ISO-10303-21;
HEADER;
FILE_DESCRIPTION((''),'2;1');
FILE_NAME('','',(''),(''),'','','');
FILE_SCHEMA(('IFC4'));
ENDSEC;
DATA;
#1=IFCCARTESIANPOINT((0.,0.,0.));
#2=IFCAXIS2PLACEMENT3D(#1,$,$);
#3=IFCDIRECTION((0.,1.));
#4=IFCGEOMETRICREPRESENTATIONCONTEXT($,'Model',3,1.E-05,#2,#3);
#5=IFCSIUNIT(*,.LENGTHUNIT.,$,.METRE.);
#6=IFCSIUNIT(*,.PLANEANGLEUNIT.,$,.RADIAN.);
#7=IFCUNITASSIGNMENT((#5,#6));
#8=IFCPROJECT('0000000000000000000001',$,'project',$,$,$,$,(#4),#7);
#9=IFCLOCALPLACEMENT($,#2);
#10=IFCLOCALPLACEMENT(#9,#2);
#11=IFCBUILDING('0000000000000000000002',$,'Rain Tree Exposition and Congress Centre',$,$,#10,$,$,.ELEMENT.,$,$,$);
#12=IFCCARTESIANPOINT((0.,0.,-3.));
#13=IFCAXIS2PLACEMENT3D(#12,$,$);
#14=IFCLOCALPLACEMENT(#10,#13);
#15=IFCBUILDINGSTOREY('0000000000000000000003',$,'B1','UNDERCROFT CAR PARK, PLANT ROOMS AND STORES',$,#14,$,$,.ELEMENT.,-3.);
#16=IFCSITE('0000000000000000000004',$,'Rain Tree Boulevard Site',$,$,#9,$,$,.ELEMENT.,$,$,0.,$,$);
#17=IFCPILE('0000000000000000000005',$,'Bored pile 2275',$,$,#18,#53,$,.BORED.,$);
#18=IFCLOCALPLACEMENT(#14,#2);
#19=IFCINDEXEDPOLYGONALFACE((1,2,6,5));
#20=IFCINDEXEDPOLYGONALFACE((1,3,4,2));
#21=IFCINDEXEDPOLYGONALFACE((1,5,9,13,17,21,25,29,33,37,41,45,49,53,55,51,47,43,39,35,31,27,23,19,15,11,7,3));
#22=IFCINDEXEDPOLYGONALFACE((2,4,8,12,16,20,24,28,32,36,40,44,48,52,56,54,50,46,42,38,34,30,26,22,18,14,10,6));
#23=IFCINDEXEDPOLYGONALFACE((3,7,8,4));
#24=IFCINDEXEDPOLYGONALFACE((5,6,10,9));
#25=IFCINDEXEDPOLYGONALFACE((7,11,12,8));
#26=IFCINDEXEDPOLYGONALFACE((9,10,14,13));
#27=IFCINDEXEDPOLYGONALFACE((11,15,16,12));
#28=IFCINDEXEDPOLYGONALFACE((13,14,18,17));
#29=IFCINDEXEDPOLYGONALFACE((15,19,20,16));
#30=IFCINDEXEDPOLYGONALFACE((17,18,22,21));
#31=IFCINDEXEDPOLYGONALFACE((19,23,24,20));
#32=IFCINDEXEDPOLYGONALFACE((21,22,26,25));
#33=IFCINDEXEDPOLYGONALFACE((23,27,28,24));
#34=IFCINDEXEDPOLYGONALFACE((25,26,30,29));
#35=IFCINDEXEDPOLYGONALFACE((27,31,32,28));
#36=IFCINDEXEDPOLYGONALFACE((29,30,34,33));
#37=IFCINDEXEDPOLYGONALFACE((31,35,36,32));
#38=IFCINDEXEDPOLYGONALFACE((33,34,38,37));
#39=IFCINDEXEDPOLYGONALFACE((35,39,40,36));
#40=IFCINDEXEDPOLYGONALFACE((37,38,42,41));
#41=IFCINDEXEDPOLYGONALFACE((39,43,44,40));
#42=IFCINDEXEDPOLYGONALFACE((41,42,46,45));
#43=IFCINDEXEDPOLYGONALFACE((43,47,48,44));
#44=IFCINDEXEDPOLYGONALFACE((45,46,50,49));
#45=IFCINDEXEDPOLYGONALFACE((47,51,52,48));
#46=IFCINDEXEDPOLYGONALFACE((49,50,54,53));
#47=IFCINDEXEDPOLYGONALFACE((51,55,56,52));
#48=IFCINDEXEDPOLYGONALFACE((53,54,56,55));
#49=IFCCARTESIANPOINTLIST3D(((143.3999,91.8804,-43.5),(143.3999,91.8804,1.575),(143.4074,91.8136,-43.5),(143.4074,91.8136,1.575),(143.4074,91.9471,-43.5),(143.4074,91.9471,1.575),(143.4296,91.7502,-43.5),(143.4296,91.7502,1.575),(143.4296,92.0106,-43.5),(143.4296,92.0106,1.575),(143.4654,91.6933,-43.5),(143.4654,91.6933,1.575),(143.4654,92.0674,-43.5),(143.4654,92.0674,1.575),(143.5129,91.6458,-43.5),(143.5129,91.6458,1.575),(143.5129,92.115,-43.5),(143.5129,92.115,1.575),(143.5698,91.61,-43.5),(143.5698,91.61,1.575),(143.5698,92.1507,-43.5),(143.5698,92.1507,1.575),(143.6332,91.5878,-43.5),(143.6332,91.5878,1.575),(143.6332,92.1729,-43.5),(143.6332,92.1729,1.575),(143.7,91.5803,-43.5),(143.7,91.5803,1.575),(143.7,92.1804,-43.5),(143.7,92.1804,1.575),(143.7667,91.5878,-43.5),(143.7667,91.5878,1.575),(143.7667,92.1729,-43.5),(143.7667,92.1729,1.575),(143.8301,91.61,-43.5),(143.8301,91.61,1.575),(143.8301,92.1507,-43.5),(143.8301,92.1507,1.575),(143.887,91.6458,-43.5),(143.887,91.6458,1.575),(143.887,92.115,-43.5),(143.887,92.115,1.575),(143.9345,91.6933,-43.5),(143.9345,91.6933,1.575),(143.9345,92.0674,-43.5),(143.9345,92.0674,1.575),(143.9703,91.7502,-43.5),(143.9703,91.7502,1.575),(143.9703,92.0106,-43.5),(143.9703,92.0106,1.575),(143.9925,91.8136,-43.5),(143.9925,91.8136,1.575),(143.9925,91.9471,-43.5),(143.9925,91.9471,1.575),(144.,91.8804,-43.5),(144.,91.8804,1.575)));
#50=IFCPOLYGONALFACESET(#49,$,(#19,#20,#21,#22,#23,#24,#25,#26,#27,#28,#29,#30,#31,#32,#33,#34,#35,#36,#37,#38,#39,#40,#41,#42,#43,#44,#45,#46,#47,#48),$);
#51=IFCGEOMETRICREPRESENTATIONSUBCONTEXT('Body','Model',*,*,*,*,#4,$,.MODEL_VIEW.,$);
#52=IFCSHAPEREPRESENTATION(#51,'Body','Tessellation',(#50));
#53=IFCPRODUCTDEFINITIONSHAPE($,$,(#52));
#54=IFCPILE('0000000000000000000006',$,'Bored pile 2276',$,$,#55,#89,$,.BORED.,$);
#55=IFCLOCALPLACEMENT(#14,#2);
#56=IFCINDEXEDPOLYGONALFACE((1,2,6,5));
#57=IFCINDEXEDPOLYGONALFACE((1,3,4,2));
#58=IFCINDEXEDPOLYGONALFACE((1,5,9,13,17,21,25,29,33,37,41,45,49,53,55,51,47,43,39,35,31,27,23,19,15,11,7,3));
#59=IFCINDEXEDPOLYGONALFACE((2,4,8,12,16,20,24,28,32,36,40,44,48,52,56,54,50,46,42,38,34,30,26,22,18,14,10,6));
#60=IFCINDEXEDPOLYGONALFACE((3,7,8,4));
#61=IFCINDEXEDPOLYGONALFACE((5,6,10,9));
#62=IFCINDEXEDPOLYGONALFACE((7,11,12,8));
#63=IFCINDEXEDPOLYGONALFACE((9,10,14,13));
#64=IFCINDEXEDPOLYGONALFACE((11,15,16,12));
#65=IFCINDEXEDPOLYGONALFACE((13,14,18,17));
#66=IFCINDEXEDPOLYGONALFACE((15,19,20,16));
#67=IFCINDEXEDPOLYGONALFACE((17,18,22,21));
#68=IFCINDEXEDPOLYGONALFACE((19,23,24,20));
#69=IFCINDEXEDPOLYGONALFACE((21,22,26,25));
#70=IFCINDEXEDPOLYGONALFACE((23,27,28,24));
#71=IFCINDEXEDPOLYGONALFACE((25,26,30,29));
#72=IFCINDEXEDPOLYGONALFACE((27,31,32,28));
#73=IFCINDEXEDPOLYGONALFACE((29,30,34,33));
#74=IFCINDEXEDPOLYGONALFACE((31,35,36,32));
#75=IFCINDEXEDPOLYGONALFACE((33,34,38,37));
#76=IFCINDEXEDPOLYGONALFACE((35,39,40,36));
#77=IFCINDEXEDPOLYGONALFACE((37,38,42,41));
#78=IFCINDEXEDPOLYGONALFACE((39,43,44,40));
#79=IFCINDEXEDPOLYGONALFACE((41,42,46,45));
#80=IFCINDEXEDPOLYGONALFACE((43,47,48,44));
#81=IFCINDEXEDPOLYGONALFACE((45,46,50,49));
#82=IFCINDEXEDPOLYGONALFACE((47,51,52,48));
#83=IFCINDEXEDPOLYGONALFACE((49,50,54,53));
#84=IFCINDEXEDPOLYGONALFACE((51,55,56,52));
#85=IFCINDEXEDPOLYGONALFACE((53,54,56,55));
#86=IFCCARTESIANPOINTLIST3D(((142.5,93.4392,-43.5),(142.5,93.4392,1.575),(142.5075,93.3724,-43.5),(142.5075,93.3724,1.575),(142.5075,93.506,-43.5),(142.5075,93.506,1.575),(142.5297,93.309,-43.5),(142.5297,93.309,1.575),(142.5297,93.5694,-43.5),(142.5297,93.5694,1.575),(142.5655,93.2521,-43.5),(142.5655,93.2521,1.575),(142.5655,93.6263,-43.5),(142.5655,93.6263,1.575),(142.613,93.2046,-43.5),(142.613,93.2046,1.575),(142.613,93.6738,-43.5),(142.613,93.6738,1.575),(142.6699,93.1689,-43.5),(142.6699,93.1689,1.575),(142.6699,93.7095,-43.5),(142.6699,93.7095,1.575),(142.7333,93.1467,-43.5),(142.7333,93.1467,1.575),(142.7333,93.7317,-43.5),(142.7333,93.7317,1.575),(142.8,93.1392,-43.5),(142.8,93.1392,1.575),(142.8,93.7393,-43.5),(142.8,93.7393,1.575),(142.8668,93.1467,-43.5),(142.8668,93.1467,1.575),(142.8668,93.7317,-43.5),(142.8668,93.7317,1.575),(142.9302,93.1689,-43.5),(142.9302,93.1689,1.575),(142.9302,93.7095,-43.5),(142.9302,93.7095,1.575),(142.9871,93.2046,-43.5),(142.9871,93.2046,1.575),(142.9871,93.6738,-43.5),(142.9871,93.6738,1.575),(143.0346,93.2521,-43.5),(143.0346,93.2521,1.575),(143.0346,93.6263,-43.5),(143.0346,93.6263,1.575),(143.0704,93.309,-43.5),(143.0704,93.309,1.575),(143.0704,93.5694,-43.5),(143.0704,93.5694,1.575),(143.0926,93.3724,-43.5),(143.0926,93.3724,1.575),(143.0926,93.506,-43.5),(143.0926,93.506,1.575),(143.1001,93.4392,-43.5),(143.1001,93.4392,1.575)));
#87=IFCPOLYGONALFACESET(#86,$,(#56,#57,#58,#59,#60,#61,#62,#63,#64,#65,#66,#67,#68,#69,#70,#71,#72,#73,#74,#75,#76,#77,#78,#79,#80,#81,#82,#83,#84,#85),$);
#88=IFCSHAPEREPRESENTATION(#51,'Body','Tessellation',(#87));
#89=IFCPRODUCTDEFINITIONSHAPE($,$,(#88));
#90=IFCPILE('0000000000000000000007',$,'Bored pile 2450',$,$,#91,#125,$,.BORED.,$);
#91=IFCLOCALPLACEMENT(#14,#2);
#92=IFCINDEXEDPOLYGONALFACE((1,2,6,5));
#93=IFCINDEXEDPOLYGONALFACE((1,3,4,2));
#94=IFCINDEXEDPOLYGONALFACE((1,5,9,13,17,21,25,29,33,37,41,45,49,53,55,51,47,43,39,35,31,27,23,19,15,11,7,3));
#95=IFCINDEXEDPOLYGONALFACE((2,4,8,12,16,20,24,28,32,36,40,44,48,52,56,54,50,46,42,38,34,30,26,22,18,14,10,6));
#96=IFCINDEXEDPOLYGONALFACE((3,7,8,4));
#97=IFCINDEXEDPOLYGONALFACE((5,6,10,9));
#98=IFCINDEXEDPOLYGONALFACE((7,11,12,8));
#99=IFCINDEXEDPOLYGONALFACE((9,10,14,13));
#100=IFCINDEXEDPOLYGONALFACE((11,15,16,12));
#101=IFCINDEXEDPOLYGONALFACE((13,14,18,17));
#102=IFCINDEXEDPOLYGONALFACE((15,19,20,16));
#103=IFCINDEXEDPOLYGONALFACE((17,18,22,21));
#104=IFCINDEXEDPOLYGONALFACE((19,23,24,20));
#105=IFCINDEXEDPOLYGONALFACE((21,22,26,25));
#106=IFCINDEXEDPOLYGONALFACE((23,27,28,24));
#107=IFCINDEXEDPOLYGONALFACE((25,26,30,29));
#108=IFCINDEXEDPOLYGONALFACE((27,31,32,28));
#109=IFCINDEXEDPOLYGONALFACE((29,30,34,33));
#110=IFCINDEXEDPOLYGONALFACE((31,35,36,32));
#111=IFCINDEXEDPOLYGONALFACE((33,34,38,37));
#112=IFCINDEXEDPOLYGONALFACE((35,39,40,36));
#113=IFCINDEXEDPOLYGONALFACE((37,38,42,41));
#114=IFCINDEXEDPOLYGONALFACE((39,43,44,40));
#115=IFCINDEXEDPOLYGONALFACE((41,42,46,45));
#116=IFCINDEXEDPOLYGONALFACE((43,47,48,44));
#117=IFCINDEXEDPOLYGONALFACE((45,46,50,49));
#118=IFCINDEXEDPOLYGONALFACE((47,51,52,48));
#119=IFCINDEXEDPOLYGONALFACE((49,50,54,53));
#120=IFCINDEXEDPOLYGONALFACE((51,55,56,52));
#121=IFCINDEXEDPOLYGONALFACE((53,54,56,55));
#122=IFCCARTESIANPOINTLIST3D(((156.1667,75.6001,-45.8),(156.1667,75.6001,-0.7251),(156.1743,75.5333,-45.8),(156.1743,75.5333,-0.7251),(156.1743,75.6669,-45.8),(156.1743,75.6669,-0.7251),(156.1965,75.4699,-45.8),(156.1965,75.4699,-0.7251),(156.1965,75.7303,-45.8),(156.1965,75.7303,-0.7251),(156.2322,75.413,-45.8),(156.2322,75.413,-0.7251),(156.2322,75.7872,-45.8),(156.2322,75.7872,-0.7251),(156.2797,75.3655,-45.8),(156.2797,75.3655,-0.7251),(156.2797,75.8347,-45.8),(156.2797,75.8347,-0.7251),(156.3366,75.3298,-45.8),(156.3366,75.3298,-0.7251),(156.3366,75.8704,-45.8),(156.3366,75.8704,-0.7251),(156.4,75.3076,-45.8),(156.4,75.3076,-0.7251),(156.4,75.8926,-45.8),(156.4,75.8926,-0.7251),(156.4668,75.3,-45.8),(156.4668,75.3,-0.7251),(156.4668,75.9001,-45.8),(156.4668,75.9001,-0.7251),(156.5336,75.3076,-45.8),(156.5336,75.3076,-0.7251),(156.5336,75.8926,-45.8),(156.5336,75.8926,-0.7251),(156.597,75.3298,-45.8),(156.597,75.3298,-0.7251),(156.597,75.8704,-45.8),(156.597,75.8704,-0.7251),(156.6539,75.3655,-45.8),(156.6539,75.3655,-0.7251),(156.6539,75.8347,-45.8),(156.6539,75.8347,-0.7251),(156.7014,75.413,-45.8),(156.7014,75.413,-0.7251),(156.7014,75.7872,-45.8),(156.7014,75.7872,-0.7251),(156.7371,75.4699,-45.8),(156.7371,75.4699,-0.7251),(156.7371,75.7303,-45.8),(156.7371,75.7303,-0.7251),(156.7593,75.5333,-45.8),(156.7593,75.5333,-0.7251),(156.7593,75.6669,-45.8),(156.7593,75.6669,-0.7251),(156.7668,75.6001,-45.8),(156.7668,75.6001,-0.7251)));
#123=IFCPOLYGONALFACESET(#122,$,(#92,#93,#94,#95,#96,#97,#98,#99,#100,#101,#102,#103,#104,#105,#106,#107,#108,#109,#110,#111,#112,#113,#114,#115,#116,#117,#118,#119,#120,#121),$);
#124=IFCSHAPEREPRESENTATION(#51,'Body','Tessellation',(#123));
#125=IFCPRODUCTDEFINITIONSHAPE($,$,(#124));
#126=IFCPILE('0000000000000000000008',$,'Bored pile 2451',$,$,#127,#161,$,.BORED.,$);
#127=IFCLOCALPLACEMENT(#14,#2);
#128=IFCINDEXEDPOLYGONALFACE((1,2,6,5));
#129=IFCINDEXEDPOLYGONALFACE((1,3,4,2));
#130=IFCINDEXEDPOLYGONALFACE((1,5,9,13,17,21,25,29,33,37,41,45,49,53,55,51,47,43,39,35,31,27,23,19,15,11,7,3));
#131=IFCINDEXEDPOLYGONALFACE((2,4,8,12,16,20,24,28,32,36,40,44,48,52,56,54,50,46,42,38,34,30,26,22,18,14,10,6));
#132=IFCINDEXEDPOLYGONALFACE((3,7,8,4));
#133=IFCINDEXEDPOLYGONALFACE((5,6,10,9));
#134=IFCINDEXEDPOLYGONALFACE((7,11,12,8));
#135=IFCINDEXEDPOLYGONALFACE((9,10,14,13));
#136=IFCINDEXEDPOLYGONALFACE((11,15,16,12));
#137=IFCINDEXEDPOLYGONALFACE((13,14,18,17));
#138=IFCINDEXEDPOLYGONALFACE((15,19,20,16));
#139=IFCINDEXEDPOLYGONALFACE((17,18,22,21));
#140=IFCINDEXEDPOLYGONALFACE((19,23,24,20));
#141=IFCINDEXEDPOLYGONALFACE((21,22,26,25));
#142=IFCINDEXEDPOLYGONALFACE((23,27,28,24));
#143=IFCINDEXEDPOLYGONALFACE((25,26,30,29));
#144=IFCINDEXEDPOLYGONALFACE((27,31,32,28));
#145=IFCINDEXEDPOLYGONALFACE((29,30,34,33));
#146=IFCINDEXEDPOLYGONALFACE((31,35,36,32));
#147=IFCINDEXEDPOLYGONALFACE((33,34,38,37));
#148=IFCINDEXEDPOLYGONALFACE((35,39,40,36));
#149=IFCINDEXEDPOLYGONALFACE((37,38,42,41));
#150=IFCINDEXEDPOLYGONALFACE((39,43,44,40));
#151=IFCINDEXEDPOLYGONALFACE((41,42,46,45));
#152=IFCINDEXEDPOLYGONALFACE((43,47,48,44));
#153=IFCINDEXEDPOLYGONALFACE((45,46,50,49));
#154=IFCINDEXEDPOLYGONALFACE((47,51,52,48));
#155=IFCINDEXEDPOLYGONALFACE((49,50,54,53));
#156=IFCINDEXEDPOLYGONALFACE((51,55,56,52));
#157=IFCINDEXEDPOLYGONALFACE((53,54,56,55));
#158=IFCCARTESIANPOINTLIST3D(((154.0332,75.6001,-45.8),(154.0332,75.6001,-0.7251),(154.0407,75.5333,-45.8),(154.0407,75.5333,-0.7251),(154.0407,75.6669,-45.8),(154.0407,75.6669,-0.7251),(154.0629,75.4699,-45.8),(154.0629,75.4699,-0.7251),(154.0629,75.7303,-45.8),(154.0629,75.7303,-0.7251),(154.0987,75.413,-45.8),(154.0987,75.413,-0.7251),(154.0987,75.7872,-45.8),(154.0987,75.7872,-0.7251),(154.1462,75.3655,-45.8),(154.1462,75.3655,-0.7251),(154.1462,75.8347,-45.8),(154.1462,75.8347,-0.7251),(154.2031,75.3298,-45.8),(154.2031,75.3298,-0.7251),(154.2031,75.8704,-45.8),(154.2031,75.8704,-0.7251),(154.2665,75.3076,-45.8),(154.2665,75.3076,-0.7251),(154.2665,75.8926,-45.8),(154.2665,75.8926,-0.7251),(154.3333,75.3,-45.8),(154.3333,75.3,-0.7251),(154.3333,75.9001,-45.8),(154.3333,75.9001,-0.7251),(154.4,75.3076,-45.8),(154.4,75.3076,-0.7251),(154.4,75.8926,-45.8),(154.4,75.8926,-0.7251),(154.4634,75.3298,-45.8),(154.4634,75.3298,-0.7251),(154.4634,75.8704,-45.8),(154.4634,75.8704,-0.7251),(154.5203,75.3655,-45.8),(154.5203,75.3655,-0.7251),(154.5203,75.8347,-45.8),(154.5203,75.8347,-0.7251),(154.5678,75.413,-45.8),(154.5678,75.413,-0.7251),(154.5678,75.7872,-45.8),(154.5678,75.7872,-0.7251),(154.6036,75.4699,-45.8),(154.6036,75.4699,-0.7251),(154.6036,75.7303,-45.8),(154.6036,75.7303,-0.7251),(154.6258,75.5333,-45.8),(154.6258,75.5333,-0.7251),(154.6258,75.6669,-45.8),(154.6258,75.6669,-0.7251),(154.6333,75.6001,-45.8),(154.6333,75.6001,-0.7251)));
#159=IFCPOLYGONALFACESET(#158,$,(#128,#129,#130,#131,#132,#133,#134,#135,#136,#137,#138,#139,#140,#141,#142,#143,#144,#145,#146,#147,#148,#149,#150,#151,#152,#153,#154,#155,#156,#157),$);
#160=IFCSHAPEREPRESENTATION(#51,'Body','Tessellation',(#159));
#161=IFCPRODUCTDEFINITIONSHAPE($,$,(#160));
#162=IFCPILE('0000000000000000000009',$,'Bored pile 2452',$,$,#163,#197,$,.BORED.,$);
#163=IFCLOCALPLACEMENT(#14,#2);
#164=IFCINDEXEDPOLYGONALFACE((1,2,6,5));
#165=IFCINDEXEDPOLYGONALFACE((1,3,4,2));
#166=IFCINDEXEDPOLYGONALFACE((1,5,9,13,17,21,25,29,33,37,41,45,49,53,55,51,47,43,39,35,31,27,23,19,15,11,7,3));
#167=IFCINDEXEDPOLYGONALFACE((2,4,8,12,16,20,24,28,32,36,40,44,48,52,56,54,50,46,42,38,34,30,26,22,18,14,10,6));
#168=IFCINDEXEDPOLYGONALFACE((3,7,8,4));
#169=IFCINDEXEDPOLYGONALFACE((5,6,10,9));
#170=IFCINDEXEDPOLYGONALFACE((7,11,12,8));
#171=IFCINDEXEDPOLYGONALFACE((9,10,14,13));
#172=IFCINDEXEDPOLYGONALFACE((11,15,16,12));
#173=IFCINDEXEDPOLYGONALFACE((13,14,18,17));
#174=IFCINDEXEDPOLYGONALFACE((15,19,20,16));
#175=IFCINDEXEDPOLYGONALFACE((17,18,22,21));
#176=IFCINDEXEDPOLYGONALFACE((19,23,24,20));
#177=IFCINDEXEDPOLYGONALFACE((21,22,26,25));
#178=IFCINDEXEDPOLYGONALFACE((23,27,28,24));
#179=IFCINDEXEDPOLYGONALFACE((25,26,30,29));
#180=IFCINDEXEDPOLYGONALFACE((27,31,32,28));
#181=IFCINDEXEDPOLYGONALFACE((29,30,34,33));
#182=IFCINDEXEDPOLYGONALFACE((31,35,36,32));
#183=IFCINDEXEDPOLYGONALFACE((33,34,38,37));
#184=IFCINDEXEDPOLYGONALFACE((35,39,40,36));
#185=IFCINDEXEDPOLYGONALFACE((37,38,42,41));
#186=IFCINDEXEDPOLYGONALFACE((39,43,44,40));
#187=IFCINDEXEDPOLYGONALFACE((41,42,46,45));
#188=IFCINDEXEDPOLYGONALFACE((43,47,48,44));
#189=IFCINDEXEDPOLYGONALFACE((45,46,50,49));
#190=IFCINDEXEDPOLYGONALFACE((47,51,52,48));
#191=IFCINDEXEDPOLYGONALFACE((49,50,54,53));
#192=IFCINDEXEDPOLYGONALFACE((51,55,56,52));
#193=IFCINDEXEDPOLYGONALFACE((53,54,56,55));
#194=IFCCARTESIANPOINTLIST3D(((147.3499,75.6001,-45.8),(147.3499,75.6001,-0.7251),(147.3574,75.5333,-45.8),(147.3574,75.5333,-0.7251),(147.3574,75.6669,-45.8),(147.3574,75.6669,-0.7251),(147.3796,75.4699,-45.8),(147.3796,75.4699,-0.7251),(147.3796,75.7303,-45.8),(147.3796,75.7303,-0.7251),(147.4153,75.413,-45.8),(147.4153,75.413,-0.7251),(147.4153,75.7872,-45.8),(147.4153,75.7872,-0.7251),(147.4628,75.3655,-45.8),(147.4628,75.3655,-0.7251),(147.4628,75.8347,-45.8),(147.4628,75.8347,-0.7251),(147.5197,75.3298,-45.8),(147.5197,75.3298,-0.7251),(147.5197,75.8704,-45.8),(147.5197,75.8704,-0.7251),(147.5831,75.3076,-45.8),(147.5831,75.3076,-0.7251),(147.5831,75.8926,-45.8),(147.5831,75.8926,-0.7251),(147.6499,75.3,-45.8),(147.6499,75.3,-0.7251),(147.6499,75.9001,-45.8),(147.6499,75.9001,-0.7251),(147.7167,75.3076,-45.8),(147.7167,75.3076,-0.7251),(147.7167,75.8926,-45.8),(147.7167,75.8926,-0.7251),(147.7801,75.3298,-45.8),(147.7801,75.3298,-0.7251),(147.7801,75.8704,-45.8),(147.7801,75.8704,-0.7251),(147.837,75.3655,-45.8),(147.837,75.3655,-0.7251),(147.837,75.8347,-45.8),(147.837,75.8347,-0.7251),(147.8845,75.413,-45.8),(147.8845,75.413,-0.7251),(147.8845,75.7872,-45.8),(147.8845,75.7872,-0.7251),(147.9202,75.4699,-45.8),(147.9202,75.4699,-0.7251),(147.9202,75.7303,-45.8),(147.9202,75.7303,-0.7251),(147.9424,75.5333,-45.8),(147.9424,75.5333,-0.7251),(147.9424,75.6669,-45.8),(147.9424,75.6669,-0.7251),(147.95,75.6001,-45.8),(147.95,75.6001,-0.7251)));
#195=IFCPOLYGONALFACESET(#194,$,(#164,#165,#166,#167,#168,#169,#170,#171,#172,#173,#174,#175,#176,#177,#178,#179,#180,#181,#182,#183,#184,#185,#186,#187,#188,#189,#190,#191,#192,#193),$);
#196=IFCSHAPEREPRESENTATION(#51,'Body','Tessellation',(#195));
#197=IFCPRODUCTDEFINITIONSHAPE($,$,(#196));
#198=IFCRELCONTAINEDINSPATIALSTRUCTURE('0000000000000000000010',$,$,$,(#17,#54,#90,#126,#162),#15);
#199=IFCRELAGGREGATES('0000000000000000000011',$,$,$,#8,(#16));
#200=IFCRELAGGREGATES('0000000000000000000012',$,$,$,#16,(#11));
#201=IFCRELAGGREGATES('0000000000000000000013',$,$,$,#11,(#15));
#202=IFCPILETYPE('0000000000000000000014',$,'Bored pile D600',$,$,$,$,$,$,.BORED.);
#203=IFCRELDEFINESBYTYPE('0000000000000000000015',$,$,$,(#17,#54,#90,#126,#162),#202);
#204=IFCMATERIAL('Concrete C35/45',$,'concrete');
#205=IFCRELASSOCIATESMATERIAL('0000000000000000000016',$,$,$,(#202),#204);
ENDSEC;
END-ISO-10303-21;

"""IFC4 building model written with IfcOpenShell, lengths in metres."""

from ifc_helpers import new_model, si_unit, direction, frame, origin, origin_2d, place, context, subcontext, project, spatial, circle, extrude, material, material_profile, profile_set, type_object, element, save


model = new_model("IFC4")

# Units and contexts
model_context = context("Model", 3, precision=1e-05, world=origin(), true_north=direction((0.0, 1.0)))
body_context = subcontext(model_context, "Body", "Model", "MODEL_VIEW")
ifc_project = project(units=[si_unit("LENGTHUNIT", "METRE"), si_unit("PLANEANGLEUNIT", "RADIAN")], contexts=[model_context])

# Site, building, storey
site_placement = place(None, origin())
site = spatial("IfcSite", under=ifc_project, at=site_placement, Name="Rain Tree Boulevard Site", CompositionType="ELEMENT", RefElevation=0.0)
building_placement = place(site_placement, origin())
building = spatial("IfcBuilding", under=site, at=building_placement, Name="Rain Tree Exposition and Congress Centre", CompositionType="ELEMENT")
storey_placement = place(building_placement, frame((0.0, 0.0, -3.0)))
storey = spatial("IfcBuildingStorey", under=building, at=storey_placement, Name="B1", Description="UNDERCROFT CAR PARK, PLANT ROOMS AND STORES", CompositionType="ELEMENT", Elevation=-3.0)

# Piles
ifc_material_1 = material(Name="Concrete C35/45", Category="concrete")
ifc_material_profile_1 = material_profile(ifc_material_1, circle(Radius=0.3, at=origin_2d()), Name="D600")
ifc_profile_set_1 = profile_set([ifc_material_profile_1], Name="Concrete C35/45")
pile_type_1 = type_object("IfcPileType", Name="Bored pile D600", PredefinedType="BORED", material=ifc_profile_set_1)
for number, where, z_axis, x_axis, name in (
    (1, (143.7, 91.8804, 1.575), (0.0, 0.0, -1.0), (1.0, 0.0, 0.0), "Bored pile 2275"),
    (2, (142.8, 93.4392, 1.575), (0.0, 0.0, -1.0), (1.0, 0.0, 0.0), "Bored pile 2276"),
    (3, (156.4668, 75.6001, -0.7251), (0.0, 0.0, -1.0), (1.0, 0.0, 0.0), "Bored pile 2450"),
    (4, (154.3333, 75.6001, -0.7251), (0.0, 0.0, -1.0), (1.0, 0.0, 0.0), "Bored pile 2451"),
    (5, (147.6499, 75.6001, -0.7251), (0.0, 0.0, -1.0), (1.0, 0.0, 0.0), "Bored pile 2452"),
):
    element("IfcPile", number, at=place(storey_placement, frame(where, z_axis=z_axis, x_axis=x_axis)), inside=storey, type_object=pile_type_1, Name=name, PredefinedType="BORED", context=body_context, shape_type="SweptSolid", body=[
        extrude(circle(Radius=0.3, at=origin_2d()), origin(), (0.0, 0.0, 1.0), 45.075),
    ])

save(model, "model.ifc")
